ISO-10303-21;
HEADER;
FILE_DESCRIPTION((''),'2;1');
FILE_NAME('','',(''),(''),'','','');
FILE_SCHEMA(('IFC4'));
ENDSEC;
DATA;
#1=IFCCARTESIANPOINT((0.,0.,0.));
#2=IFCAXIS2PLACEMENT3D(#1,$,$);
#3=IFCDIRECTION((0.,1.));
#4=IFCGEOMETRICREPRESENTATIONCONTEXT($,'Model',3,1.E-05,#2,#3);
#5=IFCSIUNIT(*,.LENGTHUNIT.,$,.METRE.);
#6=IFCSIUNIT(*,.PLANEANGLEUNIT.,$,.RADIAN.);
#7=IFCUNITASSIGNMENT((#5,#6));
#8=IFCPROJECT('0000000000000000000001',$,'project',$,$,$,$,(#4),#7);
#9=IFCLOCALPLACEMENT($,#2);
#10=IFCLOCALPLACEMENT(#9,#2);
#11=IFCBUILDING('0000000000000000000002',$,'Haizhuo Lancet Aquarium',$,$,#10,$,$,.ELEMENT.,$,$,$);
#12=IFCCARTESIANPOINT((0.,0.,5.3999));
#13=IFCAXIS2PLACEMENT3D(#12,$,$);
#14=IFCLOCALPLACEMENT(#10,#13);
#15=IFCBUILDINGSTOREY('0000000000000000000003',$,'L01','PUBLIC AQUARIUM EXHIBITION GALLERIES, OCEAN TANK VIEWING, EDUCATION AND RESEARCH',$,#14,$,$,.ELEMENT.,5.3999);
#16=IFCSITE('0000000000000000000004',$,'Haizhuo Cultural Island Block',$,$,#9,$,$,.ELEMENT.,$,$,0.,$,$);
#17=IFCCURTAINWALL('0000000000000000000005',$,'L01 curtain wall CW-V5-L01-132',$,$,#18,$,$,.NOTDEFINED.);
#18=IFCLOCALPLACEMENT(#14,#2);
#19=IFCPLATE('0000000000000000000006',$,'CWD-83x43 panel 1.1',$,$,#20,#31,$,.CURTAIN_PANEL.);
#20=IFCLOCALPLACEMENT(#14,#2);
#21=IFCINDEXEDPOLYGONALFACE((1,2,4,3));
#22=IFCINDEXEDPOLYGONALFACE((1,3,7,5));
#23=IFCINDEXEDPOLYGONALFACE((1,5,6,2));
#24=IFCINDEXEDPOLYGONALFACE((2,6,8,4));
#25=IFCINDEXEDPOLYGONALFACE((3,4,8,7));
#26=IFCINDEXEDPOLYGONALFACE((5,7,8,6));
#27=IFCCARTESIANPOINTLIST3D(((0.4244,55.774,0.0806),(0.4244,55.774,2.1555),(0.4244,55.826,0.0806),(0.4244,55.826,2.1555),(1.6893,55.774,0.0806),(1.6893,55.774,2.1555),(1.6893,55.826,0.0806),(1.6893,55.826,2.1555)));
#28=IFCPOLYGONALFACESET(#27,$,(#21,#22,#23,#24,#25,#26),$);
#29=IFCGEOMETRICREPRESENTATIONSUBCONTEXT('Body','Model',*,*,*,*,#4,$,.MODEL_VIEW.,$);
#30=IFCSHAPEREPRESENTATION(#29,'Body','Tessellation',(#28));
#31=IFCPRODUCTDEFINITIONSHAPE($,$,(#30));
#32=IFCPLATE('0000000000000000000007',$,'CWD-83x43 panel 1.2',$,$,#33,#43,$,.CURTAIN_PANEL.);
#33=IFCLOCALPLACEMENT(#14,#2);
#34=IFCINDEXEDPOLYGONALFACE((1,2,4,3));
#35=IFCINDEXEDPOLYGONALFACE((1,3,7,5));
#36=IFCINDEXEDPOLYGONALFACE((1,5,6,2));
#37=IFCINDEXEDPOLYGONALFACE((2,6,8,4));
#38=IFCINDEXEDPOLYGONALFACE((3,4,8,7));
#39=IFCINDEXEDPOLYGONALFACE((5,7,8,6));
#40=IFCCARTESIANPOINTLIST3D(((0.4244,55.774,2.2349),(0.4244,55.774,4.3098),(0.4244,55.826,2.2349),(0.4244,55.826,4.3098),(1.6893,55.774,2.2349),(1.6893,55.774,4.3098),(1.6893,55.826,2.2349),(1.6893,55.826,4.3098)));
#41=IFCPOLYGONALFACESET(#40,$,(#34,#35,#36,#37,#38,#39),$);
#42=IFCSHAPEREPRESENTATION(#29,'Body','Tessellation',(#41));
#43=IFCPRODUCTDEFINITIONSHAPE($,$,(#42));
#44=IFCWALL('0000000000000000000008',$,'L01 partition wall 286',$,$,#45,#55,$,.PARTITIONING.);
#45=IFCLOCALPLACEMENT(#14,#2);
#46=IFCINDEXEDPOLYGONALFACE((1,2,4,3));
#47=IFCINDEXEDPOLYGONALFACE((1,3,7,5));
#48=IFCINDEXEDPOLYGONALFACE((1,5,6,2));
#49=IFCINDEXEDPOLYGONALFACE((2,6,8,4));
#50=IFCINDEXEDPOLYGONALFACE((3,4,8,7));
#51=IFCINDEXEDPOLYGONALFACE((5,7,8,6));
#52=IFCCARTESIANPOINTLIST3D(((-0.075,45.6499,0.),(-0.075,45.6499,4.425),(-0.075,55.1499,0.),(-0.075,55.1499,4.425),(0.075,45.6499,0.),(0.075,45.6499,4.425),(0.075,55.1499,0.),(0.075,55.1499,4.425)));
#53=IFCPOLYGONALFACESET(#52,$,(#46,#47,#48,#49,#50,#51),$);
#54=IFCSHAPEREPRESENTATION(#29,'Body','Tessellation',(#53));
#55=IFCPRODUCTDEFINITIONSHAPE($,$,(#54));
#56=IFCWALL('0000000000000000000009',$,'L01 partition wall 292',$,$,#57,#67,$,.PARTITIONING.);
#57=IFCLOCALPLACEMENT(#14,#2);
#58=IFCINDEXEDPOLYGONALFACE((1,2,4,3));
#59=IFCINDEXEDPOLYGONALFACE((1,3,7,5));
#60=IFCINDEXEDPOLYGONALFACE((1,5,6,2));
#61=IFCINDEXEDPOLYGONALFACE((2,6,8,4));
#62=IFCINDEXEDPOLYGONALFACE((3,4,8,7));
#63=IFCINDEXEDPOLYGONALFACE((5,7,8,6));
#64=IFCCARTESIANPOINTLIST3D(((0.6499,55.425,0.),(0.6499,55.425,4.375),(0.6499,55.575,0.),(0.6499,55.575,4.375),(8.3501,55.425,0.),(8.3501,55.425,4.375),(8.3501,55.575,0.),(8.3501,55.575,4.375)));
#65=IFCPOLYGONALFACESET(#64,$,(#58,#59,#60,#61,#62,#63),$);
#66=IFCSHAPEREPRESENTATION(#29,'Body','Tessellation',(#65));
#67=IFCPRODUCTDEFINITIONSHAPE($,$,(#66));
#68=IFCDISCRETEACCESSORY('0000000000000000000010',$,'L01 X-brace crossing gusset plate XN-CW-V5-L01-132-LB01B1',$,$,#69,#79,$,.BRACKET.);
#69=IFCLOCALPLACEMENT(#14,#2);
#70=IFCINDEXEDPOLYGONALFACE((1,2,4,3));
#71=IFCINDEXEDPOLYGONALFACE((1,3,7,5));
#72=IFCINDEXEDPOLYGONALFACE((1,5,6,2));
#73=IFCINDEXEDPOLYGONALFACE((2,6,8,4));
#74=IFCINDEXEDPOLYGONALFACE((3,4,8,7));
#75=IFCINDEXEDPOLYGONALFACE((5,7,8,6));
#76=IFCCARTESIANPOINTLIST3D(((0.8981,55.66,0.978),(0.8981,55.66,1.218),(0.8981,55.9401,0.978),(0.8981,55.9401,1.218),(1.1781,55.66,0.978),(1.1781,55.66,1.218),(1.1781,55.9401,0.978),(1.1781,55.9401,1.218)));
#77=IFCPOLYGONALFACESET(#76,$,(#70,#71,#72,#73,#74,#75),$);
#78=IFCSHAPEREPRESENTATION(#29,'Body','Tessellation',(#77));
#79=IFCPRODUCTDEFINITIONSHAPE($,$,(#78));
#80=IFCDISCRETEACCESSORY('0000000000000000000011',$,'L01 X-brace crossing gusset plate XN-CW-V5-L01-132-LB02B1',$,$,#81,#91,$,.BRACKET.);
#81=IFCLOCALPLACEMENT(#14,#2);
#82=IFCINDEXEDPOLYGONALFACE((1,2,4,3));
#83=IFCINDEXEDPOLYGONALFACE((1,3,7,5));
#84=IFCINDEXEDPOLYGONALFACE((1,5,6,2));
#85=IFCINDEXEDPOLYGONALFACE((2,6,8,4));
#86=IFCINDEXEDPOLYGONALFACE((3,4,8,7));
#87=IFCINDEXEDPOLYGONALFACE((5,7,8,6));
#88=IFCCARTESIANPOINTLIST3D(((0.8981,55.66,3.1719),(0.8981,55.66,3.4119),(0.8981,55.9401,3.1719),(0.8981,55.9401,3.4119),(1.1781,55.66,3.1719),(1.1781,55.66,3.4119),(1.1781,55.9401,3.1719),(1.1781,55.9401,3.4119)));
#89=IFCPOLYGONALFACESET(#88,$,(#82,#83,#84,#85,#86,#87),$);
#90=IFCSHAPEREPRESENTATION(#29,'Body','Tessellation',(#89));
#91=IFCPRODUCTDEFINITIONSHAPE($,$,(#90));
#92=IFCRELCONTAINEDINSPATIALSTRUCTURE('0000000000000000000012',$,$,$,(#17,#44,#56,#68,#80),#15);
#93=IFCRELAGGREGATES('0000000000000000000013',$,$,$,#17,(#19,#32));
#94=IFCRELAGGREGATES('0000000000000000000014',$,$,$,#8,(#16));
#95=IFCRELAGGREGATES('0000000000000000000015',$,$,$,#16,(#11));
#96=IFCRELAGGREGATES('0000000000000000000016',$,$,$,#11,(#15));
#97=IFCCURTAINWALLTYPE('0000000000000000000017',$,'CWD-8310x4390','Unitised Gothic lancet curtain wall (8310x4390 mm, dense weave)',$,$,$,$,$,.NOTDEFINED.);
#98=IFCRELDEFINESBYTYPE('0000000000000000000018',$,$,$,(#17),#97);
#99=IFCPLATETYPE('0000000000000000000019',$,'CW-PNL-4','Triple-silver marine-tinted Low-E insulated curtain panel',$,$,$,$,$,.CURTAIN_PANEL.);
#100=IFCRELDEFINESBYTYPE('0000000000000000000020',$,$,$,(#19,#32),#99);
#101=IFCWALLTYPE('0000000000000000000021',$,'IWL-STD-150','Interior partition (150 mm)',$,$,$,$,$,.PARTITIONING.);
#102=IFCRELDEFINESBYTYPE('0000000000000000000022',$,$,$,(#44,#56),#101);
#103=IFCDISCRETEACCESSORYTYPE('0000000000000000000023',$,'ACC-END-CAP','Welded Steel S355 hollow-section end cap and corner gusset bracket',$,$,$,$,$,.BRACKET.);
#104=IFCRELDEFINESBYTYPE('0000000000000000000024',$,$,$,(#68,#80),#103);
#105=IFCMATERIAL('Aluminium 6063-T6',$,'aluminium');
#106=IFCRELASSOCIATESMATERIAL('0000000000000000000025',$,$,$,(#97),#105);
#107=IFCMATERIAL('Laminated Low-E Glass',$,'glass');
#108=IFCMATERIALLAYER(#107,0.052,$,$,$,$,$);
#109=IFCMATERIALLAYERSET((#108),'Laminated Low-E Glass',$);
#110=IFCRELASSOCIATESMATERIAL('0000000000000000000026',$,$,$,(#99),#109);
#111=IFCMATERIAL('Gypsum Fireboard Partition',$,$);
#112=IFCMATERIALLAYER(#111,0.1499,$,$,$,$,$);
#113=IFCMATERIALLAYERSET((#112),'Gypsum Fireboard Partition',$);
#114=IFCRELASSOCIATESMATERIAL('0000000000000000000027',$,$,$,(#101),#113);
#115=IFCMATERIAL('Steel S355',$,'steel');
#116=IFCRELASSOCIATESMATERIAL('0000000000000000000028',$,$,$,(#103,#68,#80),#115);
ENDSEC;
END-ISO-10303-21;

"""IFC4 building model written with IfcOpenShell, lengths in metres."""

from ifc_helpers import new_model, si_unit, direction, frame, frame_2d, origin, origin_2d, place, context, subcontext, project, spatial, rectangle, extrude, material, layer, layer_set, type_object, element, aggregate, save


model = new_model("IFC4")

# Units and contexts
model_context = context("Model", 3, precision=1e-05, world=origin(), true_north=direction((0.0, 1.0)))
body_context = subcontext(model_context, "Body", "Model", "MODEL_VIEW")
ifc_project = project(units=[si_unit("LENGTHUNIT", "METRE"), si_unit("PLANEANGLEUNIT", "RADIAN")], contexts=[model_context])

# Site, building, storey
site_placement = place(None, origin())
site = spatial("IfcSite", under=ifc_project, at=site_placement, Name="Haizhuo Cultural Island Block", CompositionType="ELEMENT", RefElevation=0.0)
building_placement = place(site_placement, origin())
building = spatial("IfcBuilding", under=site, at=building_placement, Name="Haizhuo Lancet Aquarium", CompositionType="ELEMENT")
storey_placement = place(building_placement, frame((0.0, 0.0, 5.3999)))
storey = spatial("IfcBuildingStorey", under=building, at=storey_placement, Name="L01", Description="PUBLIC AQUARIUM EXHIBITION GALLERIES, OCEAN TANK VIEWING, EDUCATION AND RESEARCH", CompositionType="ELEMENT", Elevation=5.3999)

# Curtain wall
ifc_material_1 = material(Name="Aluminium 6063-T6", Category="aluminium")
curtain_wall_type = type_object("IfcCurtainWallType", Name="CWD-8310x4390", Description="Unitised Gothic lancet curtain wall (8310x4390 mm, dense weave)", PredefinedType="NOTDEFINED", material=ifc_material_1)
curtain_wall_placement = place(storey_placement, origin())
curtain_wall = element("IfcCurtainWall", 1, at=curtain_wall_placement, inside=storey, type_object=curtain_wall_type, Name="L01 curtain wall CW-V5-L01-132", PredefinedType="NOTDEFINED")

# Shared definitions
ifc_material_2 = material(Name="Steel S355", Category="steel")

# Plates
ifc_material_3 = material(Name="Laminated Low-E Glass", Category="glass")
ifc_layer_1 = layer(ifc_material_3, 0.052)
ifc_layer_set_1 = layer_set([ifc_layer_1], Name="Laminated Low-E Glass")
plate_type = type_object("IfcPlateType", Name="CW-PNL-4", Description="Triple-silver marine-tinted Low-E insulated curtain panel", PredefinedType="CURTAIN_PANEL", material=ifc_layer_set_1)
plate_1_placement = place(storey_placement, frame((1.0569, 55.8, 0.0806), z_axis=(0.0, 0.0, 1.0), x_axis=(1.0, 0.0, 0.0)))
plate_1 = element("IfcPlate", 2, at=plate_1_placement, type_object=plate_type, Name="CWD-83x43 panel 1.1", PredefinedType="CURTAIN_PANEL", context=body_context, shape_type="SweptSolid", body=[
    extrude(rectangle(XDim=1.2649, YDim=0.052, at=origin_2d()), origin(), (0.0, 0.0, 1.0), 2.075),
])
plate_2_placement = place(storey_placement, frame((1.0569, 55.8, 2.2349), z_axis=(0.0, 0.0, 1.0), x_axis=(1.0, 0.0, 0.0)))
plate_2 = element("IfcPlate", 3, at=plate_2_placement, type_object=plate_type, Name="CWD-83x43 panel 1.2", PredefinedType="CURTAIN_PANEL", context=body_context, shape_type="SweptSolid", body=[
    extrude(rectangle(XDim=1.2649, YDim=0.052, at=origin_2d()), origin(), (0.0, 0.0, 1.0), 2.075),
])
aggregate(curtain_wall, [plate_1, plate_2])

# Walls
ifc_material_4 = material(Name="Gypsum Fireboard Partition")
ifc_layer_2 = layer(ifc_material_4, 0.1499)
ifc_layer_set_2 = layer_set([ifc_layer_2], Name="Gypsum Fireboard Partition")
wall_type = type_object("IfcWallType", Name="IWL-STD-150", Description="Interior partition (150 mm)", PredefinedType="PARTITIONING", material=ifc_layer_set_2)
wall_1_placement = place(storey_placement, frame((0.0, 45.6499, 0.0), z_axis=(0.0, 0.0, 1.0), x_axis=(0.0, 1.0, 0.0)))
element("IfcWall", 4, at=wall_1_placement, inside=storey, type_object=wall_type, Name="L01 partition wall 286", PredefinedType="PARTITIONING", context=body_context, shape_type="SweptSolid", body=[
    extrude(rectangle(XDim=9.5, YDim=0.1499, at=frame_2d((4.75, 0.0))), origin(), (0.0, 0.0, 1.0), 4.425),
])
wall_2_placement = place(storey_placement, frame((8.3501, 55.5, 0.0), z_axis=(0.0, 0.0, 1.0), x_axis=(-1.0, 0.0, 0.0)))
element("IfcWall", 5, at=wall_2_placement, inside=storey, type_object=wall_type, Name="L01 partition wall 292", PredefinedType="PARTITIONING", context=body_context, shape_type="SweptSolid", body=[
    extrude(rectangle(XDim=7.7002, YDim=0.1499, at=frame_2d((3.8501, 0.0))), origin(), (0.0, 0.0, 1.0), 4.375),
])

# Discrete accessories
discrete_accessory_type = type_object("IfcDiscreteAccessoryType", Name="ACC-END-CAP", Description="Welded Steel S355 hollow-section end cap and corner gusset bracket", PredefinedType="BRACKET", material=ifc_material_2)
for number, where, z_axis, x_axis, name in (
    (6, (1.0381, 55.8, 0.978), (0.0, 0.0, 1.0), (1.0, 0.0, 0.0), "L01 X-brace crossing gusset plate XN-CW-V5-L01-132-LB01B1"),
    (7, (1.0381, 55.8, 3.1719), (0.0, 0.0, 1.0), (1.0, 0.0, 0.0), "L01 X-brace crossing gusset plate XN-CW-V5-L01-132-LB02B1"),
):
    element("IfcDiscreteAccessory", number, at=place(storey_placement, frame(where, z_axis=z_axis, x_axis=x_axis)), inside=storey, type_object=discrete_accessory_type, material=ifc_material_2, Name=name, PredefinedType="BRACKET", context=body_context, shape_type="SweptSolid", body=[
        extrude(rectangle(XDim=0.28, YDim=0.28, at=origin_2d()), origin(), (0.0, 0.0, 1.0), 0.24),
    ])

save(model, "model.ifc")
